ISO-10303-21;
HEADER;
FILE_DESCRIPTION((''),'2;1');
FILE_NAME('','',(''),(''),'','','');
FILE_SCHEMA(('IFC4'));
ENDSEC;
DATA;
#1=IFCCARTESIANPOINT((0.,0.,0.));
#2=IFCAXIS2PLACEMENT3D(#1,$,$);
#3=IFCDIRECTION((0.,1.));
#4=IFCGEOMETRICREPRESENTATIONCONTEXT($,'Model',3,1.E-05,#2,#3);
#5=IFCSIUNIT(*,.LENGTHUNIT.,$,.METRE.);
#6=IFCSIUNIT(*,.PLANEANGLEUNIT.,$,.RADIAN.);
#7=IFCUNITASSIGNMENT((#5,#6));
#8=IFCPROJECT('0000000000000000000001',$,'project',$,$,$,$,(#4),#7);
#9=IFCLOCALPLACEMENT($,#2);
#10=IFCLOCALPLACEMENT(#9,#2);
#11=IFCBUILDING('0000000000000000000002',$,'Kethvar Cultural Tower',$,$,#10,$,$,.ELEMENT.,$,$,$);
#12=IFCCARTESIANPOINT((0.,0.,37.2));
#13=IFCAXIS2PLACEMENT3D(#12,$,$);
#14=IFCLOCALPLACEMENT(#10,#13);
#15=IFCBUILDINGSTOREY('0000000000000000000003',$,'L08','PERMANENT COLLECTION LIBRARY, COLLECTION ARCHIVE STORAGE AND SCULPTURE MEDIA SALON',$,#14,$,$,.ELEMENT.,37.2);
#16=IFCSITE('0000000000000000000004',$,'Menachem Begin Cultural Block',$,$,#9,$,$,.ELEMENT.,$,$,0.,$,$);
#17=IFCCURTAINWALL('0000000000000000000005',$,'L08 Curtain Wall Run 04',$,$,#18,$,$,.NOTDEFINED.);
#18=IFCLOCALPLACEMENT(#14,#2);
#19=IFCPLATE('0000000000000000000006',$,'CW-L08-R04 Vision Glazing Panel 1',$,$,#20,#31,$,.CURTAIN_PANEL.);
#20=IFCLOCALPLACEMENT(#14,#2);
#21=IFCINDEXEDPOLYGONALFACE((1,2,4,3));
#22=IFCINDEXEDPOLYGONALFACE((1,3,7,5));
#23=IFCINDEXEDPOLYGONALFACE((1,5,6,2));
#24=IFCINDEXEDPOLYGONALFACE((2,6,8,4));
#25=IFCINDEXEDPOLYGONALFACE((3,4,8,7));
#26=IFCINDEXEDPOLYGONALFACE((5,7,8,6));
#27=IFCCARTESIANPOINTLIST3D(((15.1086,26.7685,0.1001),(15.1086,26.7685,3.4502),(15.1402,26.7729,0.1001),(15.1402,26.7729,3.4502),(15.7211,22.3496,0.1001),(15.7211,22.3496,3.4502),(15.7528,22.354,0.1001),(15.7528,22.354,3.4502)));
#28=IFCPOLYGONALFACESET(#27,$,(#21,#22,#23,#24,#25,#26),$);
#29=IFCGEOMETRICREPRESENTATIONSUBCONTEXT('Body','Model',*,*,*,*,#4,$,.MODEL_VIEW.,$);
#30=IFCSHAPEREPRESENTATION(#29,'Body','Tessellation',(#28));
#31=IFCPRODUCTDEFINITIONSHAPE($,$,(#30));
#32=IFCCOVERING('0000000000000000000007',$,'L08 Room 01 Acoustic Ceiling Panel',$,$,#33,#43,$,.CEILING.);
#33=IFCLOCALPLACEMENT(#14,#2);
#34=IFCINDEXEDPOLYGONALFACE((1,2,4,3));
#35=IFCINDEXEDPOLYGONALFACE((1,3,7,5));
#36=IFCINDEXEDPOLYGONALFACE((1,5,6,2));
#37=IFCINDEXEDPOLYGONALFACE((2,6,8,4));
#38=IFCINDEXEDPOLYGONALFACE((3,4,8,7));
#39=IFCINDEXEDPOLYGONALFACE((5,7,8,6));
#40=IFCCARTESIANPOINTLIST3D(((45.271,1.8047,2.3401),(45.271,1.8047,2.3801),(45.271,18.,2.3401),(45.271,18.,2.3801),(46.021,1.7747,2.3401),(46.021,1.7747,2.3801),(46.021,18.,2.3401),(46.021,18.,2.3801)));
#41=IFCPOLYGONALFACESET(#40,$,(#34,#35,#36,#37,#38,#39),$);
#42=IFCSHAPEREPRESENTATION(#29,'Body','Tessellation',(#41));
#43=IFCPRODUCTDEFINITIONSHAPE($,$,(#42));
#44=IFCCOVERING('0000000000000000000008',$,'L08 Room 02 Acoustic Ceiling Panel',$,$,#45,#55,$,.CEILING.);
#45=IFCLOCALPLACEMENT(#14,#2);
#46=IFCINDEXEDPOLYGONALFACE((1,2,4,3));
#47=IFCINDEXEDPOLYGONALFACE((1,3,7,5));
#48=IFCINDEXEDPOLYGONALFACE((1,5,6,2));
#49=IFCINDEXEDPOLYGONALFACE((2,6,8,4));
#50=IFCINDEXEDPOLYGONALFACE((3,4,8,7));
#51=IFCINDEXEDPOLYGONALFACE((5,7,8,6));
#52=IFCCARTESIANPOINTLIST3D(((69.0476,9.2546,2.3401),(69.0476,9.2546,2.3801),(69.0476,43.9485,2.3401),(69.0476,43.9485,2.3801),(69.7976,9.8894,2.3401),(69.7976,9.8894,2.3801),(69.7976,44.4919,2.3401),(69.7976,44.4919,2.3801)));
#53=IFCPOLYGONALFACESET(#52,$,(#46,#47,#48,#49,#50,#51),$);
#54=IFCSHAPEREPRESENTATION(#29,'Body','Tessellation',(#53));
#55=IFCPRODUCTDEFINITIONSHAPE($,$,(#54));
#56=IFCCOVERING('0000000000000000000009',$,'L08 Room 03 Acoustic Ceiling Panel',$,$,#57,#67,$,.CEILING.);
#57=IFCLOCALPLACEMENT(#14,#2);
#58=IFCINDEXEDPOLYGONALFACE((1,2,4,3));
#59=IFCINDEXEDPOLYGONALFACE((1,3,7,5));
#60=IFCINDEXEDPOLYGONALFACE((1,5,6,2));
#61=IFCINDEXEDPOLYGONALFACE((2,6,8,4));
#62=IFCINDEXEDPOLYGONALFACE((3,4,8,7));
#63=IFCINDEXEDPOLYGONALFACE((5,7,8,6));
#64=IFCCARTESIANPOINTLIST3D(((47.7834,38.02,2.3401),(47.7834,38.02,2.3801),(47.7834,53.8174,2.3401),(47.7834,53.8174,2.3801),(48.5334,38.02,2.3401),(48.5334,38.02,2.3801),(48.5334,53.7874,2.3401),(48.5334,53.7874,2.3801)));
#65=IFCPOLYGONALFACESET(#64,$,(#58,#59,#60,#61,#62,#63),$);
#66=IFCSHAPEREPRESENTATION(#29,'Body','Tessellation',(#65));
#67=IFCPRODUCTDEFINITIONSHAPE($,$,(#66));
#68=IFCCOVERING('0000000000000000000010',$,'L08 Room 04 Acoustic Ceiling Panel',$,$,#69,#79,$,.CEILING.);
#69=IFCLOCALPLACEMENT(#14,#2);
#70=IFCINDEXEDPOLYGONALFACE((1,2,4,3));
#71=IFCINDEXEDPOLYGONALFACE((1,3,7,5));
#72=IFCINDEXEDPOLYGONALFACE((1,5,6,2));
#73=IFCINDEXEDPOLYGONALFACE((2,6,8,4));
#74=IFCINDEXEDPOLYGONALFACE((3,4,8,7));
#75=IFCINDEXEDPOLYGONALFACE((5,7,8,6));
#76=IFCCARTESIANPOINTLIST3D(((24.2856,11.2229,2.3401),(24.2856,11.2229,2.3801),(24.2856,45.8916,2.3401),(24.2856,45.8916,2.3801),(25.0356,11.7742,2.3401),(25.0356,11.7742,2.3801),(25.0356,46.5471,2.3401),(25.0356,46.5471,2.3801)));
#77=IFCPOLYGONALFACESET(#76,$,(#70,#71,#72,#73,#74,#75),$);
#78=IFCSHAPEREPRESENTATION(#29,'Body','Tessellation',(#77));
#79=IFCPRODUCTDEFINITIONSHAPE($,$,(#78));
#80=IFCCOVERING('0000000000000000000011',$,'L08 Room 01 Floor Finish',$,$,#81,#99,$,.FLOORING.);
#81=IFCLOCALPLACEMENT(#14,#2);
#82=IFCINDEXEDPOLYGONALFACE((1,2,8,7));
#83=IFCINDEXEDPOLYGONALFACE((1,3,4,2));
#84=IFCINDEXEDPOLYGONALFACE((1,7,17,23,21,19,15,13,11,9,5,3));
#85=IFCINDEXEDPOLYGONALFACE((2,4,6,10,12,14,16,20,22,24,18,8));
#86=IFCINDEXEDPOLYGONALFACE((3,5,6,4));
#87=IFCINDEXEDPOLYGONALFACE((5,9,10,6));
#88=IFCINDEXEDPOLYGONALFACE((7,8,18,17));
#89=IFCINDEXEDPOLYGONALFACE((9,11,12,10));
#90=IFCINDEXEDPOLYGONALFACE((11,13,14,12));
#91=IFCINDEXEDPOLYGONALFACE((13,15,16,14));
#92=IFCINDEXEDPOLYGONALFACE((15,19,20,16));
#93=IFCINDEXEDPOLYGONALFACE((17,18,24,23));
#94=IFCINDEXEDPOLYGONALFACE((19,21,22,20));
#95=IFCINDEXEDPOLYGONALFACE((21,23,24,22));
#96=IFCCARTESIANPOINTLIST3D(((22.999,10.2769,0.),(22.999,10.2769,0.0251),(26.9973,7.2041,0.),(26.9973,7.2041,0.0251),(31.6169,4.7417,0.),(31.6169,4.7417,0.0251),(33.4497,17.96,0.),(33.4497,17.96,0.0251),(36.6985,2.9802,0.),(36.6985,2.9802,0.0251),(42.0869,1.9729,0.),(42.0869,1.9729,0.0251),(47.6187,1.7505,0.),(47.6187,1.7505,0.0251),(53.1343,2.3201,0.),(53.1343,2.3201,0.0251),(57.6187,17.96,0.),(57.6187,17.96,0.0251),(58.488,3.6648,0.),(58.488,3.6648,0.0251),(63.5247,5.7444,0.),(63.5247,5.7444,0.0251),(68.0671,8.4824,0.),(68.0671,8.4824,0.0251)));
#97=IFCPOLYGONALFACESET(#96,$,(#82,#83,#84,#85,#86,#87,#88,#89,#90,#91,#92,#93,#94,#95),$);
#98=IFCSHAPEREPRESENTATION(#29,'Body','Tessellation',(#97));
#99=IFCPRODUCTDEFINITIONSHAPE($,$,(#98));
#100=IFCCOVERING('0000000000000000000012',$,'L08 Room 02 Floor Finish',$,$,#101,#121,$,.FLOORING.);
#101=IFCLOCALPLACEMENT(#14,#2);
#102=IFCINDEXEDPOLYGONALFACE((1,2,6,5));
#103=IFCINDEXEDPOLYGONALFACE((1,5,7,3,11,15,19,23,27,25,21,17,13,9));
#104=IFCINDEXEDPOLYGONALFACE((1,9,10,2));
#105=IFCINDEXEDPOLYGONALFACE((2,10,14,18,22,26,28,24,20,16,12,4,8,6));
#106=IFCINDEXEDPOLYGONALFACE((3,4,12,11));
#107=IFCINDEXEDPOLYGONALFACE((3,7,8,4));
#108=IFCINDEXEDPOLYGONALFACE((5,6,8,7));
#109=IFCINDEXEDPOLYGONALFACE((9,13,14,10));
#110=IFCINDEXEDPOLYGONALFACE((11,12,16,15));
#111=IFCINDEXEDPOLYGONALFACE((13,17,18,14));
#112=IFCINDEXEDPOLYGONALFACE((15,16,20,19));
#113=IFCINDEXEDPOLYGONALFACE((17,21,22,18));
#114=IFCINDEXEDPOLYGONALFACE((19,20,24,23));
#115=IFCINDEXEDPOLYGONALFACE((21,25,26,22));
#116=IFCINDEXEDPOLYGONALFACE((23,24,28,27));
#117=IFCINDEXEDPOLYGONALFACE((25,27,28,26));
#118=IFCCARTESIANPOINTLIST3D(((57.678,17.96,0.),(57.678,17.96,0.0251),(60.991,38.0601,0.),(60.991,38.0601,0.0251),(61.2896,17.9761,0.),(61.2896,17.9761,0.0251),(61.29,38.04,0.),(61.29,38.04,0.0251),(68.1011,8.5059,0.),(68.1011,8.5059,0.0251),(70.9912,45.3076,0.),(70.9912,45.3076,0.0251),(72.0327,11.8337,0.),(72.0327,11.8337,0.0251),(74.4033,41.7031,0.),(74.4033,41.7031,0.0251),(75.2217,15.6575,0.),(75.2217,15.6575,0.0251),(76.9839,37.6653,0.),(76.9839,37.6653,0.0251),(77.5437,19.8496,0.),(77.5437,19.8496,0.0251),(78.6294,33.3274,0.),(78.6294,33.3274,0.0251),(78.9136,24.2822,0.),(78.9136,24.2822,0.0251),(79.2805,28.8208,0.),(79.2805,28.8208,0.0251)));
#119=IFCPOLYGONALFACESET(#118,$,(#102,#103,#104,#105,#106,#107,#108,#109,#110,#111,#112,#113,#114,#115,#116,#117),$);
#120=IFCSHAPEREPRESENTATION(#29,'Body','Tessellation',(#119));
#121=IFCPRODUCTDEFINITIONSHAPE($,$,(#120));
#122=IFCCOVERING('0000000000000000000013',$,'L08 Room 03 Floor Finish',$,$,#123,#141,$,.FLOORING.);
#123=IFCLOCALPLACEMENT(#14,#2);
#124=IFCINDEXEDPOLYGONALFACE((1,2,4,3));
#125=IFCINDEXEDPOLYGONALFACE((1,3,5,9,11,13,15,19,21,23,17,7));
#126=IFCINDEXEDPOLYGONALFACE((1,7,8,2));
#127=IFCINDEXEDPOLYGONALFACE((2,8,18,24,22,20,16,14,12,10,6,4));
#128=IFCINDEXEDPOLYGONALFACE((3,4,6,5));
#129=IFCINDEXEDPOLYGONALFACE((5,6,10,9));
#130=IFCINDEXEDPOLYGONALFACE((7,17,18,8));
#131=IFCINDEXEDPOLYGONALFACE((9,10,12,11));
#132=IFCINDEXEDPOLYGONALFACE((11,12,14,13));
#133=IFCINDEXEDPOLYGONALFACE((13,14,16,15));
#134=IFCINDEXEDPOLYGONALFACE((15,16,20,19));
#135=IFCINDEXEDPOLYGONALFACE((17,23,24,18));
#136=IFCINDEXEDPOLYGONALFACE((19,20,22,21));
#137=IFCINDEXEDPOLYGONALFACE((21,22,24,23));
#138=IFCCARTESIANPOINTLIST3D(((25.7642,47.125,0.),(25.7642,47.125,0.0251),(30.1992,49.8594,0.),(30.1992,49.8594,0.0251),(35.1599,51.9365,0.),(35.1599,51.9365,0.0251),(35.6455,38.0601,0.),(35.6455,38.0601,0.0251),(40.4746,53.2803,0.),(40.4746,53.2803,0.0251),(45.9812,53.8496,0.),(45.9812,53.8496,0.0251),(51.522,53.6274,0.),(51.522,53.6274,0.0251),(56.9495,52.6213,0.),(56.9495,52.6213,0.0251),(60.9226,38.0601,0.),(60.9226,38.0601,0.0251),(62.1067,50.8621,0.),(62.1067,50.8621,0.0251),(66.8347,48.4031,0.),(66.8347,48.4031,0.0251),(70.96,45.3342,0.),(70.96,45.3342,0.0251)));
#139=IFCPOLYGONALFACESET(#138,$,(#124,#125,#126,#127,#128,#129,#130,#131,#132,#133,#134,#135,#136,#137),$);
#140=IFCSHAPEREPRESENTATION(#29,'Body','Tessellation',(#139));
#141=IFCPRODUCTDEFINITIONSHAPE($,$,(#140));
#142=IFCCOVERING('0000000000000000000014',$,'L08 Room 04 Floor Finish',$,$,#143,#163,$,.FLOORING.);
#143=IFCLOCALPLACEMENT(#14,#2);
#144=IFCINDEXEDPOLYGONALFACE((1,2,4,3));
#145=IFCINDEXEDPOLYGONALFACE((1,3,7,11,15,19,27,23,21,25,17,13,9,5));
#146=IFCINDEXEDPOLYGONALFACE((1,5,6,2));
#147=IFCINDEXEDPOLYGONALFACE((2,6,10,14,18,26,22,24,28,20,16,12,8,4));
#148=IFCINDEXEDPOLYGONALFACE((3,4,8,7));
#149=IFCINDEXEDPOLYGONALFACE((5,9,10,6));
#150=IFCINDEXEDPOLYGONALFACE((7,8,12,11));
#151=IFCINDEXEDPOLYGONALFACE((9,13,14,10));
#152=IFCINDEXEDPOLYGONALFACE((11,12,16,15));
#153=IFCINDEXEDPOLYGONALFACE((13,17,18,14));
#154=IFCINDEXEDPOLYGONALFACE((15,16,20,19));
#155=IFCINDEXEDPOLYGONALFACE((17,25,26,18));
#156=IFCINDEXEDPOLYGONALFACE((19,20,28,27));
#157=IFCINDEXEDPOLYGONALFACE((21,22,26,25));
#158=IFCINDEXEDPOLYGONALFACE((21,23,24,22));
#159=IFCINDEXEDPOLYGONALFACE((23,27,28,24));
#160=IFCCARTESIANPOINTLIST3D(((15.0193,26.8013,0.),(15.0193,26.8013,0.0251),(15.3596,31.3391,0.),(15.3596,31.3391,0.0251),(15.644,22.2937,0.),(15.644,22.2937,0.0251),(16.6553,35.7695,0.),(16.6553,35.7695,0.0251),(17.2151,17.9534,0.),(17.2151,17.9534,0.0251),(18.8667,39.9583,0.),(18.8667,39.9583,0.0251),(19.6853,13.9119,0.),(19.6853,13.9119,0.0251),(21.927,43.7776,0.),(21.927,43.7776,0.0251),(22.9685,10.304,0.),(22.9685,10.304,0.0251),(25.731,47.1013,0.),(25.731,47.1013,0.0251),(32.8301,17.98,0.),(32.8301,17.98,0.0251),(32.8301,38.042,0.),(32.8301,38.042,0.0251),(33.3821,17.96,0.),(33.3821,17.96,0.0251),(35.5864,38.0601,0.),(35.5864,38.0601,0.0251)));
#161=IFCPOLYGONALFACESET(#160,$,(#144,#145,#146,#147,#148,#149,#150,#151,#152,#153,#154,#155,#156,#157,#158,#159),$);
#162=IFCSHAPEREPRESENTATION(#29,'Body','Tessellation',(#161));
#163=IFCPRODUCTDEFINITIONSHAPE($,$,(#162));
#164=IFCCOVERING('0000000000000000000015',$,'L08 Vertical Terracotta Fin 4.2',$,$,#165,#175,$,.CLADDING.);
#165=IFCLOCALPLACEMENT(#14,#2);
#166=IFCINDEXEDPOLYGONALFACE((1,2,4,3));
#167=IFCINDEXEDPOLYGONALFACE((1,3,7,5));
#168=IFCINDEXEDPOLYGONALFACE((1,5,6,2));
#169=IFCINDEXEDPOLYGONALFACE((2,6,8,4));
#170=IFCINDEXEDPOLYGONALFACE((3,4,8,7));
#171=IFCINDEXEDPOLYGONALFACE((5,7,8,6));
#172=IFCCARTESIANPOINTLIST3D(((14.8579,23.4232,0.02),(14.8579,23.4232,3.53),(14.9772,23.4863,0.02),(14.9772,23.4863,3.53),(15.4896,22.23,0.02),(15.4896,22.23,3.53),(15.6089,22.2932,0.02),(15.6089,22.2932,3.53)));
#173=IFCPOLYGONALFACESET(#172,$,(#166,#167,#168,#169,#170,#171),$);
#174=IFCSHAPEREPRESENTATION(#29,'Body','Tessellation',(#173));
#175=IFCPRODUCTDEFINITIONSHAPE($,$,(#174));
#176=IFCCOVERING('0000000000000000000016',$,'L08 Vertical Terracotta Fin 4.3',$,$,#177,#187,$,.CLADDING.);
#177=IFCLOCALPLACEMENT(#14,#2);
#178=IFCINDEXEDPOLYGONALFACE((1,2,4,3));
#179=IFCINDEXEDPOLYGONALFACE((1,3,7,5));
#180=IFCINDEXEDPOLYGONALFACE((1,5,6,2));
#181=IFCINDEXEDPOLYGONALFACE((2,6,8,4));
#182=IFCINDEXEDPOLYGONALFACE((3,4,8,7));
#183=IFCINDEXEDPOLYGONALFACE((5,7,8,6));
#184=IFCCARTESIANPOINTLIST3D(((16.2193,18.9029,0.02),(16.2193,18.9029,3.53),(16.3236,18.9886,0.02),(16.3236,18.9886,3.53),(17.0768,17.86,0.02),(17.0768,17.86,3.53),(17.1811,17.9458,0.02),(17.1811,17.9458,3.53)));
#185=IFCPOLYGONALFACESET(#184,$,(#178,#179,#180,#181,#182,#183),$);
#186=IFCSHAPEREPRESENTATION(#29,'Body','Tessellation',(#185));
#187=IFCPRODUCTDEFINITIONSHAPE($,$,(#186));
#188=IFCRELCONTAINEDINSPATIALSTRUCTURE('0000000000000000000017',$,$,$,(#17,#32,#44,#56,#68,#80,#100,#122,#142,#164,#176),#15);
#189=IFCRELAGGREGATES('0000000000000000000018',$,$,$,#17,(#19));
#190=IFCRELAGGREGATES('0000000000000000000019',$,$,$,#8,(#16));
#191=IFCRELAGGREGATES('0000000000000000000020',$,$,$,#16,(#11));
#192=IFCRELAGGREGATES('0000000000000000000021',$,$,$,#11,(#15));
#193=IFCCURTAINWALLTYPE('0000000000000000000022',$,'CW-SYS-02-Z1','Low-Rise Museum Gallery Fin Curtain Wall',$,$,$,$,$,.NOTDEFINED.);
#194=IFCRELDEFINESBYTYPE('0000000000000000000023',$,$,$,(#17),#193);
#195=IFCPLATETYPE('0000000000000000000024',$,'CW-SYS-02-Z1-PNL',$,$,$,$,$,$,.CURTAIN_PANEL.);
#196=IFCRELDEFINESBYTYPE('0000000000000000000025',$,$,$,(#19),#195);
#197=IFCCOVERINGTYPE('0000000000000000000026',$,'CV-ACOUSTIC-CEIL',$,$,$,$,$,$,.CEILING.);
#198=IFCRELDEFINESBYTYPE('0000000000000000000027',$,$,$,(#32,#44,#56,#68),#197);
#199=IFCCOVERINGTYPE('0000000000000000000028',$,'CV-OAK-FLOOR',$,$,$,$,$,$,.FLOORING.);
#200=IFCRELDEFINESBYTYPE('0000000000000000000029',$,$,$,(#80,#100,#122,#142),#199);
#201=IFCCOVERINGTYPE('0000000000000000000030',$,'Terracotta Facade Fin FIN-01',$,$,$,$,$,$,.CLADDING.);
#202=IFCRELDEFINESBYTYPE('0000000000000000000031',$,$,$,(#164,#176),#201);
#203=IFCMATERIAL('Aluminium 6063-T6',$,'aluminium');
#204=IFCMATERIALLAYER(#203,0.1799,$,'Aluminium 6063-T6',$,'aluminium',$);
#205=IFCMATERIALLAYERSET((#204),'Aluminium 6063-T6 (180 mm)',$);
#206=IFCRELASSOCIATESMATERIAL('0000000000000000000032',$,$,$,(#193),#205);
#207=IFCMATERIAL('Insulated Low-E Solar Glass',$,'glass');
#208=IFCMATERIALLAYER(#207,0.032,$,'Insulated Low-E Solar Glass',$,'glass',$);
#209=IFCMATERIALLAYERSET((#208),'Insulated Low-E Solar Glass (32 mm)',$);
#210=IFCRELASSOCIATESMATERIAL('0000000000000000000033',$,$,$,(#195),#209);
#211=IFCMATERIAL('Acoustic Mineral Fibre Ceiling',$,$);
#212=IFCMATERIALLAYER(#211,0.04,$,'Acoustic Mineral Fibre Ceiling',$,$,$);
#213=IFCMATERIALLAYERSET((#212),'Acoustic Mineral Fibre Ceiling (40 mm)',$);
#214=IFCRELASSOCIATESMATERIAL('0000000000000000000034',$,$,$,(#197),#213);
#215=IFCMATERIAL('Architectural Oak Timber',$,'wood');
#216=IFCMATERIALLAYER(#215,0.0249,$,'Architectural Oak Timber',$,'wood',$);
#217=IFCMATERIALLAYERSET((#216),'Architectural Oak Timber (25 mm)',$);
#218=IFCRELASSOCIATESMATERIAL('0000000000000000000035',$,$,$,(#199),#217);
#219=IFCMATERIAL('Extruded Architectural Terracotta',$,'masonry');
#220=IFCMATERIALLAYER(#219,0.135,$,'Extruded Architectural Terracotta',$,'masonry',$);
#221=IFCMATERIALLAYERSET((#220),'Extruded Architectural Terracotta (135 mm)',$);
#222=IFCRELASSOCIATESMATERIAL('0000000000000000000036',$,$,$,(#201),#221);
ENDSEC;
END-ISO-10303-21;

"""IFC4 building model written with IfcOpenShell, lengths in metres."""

from ifc_helpers import new_model, si_unit, direction, frame, origin, origin_2d, place, context, subcontext, project, spatial, polyline, rectangle, outline, extrude, source, transform, mapped, material, layer, layer_set, type_object, element, aggregate, save


model = new_model("IFC4")

# Units and contexts
model_context = context("Model", 3, precision=1e-05, world=origin(), true_north=direction((0.0, 1.0)))
body_context = subcontext(model_context, "Body", "Model", "MODEL_VIEW")
ifc_project = project(units=[si_unit("LENGTHUNIT", "METRE"), si_unit("PLANEANGLEUNIT", "RADIAN")], contexts=[model_context])

# Site, building, storey
site_placement = place(None, origin())
site = spatial("IfcSite", under=ifc_project, at=site_placement, Name="Menachem Begin Cultural Block", CompositionType="ELEMENT", RefElevation=0.0)
building_placement = place(site_placement, origin())
building = spatial("IfcBuilding", under=site, at=building_placement, Name="Kethvar Cultural Tower", CompositionType="ELEMENT")
storey_placement = place(building_placement, frame((0.0, 0.0, 37.2)))
storey = spatial("IfcBuildingStorey", under=building, at=storey_placement, Name="L08", Description="PERMANENT COLLECTION LIBRARY, COLLECTION ARCHIVE STORAGE AND SCULPTURE MEDIA SALON", CompositionType="ELEMENT", Elevation=37.2)

# Curtain wall
ifc_material_1 = material(Name="Aluminium 6063-T6", Category="aluminium")
ifc_layer_1 = layer(ifc_material_1, 0.1799, Name="Aluminium 6063-T6", Category="aluminium")
ifc_layer_set_1 = layer_set([ifc_layer_1], Name="Aluminium 6063-T6 (180 mm)")
curtain_wall_type = type_object("IfcCurtainWallType", Name="CW-SYS-02-Z1", Description="Low-Rise Museum Gallery Fin Curtain Wall", PredefinedType="NOTDEFINED", material=ifc_layer_set_1)
curtain_wall_placement = place(storey_placement, origin())
curtain_wall = element("IfcCurtainWall", 1, at=curtain_wall_placement, inside=storey, type_object=curtain_wall_type, Name="L08 Curtain Wall Run 04", PredefinedType="NOTDEFINED")

# Plate
ifc_material_2 = material(Name="Insulated Low-E Solar Glass", Category="glass")
ifc_layer_2 = layer(ifc_material_2, 0.032, Name="Insulated Low-E Solar Glass", Category="glass")
ifc_layer_set_2 = layer_set([ifc_layer_2], Name="Insulated Low-E Solar Glass (32 mm)")
plate_type = type_object("IfcPlateType", Name="CW-SYS-02-Z1-PNL", PredefinedType="CURTAIN_PANEL", material=ifc_layer_set_2)
shared_shape_1 = source(origin(), body_context, "Body", "SweptSolid", [
    extrude(rectangle(XDim=4.4612, YDim=0.032, at=origin_2d()), origin(), (0.0, 0.0, 1.0), 3.3501),
])
plate_1_placement = place(storey_placement, frame((15.4307, 24.5613, 0.1001), z_axis=(0.0, 0.0, 1.0), x_axis=(0.137306, -0.990529, 0.0)))
plate_1 = element("IfcPlate", 2, at=plate_1_placement, type_object=plate_type, Name="CW-L08-R04 Vision Glazing Panel 1", PredefinedType="CURTAIN_PANEL", context=body_context, shape_type="MappedRepresentation", body=[
    mapped(shared_shape_1, transform((0.0, 0.0, 0.0), scale=1.0)),
])
aggregate(curtain_wall, [plate_1])

# Coverings
ifc_material_3 = material(Name="Acoustic Mineral Fibre Ceiling")
ifc_layer_3 = layer(ifc_material_3, 0.04, Name="Acoustic Mineral Fibre Ceiling")
ifc_layer_set_3 = layer_set([ifc_layer_3], Name="Acoustic Mineral Fibre Ceiling (40 mm)")
covering_type_1 = type_object("IfcCoveringType", Name="CV-ACOUSTIC-CEIL", PredefinedType="CEILING", material=ifc_layer_set_3)
covering_1_placement = place(storey_placement, frame((0.0, 0.0, 2.3401)))
element("IfcCovering", 3, at=covering_1_placement, inside=storey, type_object=covering_type_1, Name="L08 Room 01 Acoustic Ceiling Panel", PredefinedType="CEILING", context=body_context, shape_type="SweptSolid", body=[
    extrude(outline(polyline([(45.271, 1.8047), (45.271, 18.0), (46.021, 18.0), (46.021, 1.7747), (45.271, 1.8047)])), origin(), (0.0, 0.0, 1.0), 0.04),
])
covering_2_placement = place(storey_placement, frame((0.0, 0.0, 2.3401)))
element("IfcCovering", 4, at=covering_2_placement, inside=storey, type_object=covering_type_1, Name="L08 Room 02 Acoustic Ceiling Panel", PredefinedType="CEILING", context=body_context, shape_type="SweptSolid", body=[
    extrude(outline(polyline([(69.0476, 9.2546), (69.0476, 43.9485), (69.7976, 44.4919), (69.7976, 9.8894), (69.0476, 9.2546)])), origin(), (0.0, 0.0, 1.0), 0.04),
])
covering_3_placement = place(storey_placement, frame((0.0, 0.0, 2.3401)))
element("IfcCovering", 5, at=covering_3_placement, inside=storey, type_object=covering_type_1, Name="L08 Room 03 Acoustic Ceiling Panel", PredefinedType="CEILING", context=body_context, shape_type="SweptSolid", body=[
    extrude(outline(polyline([(48.5334, 53.7874), (48.5334, 38.02), (47.7834, 38.02), (47.7834, 53.8174), (48.5334, 53.7874)])), origin(), (0.0, 0.0, 1.0), 0.04),
])
covering_4_placement = place(storey_placement, frame((0.0, 0.0, 2.3401)))
element("IfcCovering", 6, at=covering_4_placement, inside=storey, type_object=covering_type_1, Name="L08 Room 04 Acoustic Ceiling Panel", PredefinedType="CEILING", context=body_context, shape_type="SweptSolid", body=[
    extrude(outline(polyline([(25.0356, 46.5471), (25.0356, 11.7742), (24.2856, 11.2229), (24.2856, 45.8916), (25.0356, 46.5471)])), origin(), (0.0, 0.0, 1.0), 0.04),
])
ifc_material_4 = material(Name="Architectural Oak Timber", Category="wood")
ifc_layer_4 = layer(ifc_material_4, 0.0249, Name="Architectural Oak Timber", Category="wood")
ifc_layer_set_4 = layer_set([ifc_layer_4], Name="Architectural Oak Timber (25 mm)")
covering_type_2 = type_object("IfcCoveringType", Name="CV-OAK-FLOOR", PredefinedType="FLOORING", material=ifc_layer_set_4)
covering_5_placement = place(storey_placement, origin())
element("IfcCovering", 7, at=covering_5_placement, inside=storey, type_object=covering_type_2, Name="L08 Room 01 Floor Finish", PredefinedType="FLOORING", context=body_context, shape_type="SweptSolid", body=[
    extrude(outline(polyline([(63.5247, 5.7444), (58.488, 3.6648), (53.1343, 2.3201), (47.6187, 1.7505), (42.0869, 1.9729), (36.6985, 2.9802), (31.6169, 4.7417), (26.9973, 7.2041), (22.999, 10.2769), (33.4497, 17.96), (57.6187, 17.96), (68.0671, 8.4824), (63.5247, 5.7444)])), origin(), (0.0, 0.0, 1.0), 0.0251),
])
covering_6_placement = place(storey_placement, origin())
element("IfcCovering", 8, at=covering_6_placement, inside=storey, type_object=covering_type_2, Name="L08 Room 02 Floor Finish", PredefinedType="FLOORING", context=body_context, shape_type="SweptSolid", body=[
    extrude(outline(polyline([(77.5437, 19.8496), (75.2217, 15.6575), (72.0327, 11.8337), (68.1011, 8.5059), (57.678, 17.96), (61.2896, 17.9761), (61.29, 38.04), (60.991, 38.0601), (70.9912, 45.3076), (74.4033, 41.7031), (76.9839, 37.6653), (78.6294, 33.3274), (79.2805, 28.8208), (78.9136, 24.2822), (77.5437, 19.8496)])), origin(), (0.0, 0.0, 1.0), 0.0251),
])
covering_7_placement = place(storey_placement, origin())
element("IfcCovering", 9, at=covering_7_placement, inside=storey, type_object=covering_type_2, Name="L08 Room 03 Floor Finish", PredefinedType="FLOORING", context=body_context, shape_type="SweptSolid", body=[
    extrude(outline(polyline([(30.1992, 49.8594), (35.1599, 51.9365), (40.4746, 53.2803), (45.9812, 53.8496), (51.522, 53.6274), (56.9495, 52.6213), (62.1067, 50.8621), (66.8347, 48.4031), (70.96, 45.3342), (60.9226, 38.0601), (35.6455, 38.0601), (25.7642, 47.125), (30.1992, 49.8594)])), origin(), (0.0, 0.0, 1.0), 0.0251),
])
covering_8_placement = place(storey_placement, origin())
element("IfcCovering", 10, at=covering_8_placement, inside=storey, type_object=covering_type_2, Name="L08 Room 04 Floor Finish", PredefinedType="FLOORING", context=body_context, shape_type="SweptSolid", body=[
    extrude(outline(polyline([(19.6853, 13.9119), (17.2151, 17.9534), (15.644, 22.2937), (15.0193, 26.8013), (15.3596, 31.3391), (16.6553, 35.7695), (18.8667, 39.9583), (21.927, 43.7776), (25.731, 47.1013), (35.5864, 38.0601), (32.8301, 38.042), (32.8301, 17.98), (33.3821, 17.96), (22.9685, 10.304), (19.6853, 13.9119)])), origin(), (0.0, 0.0, 1.0), 0.0251),
])
ifc_material_5 = material(Name="Extruded Architectural Terracotta", Category="masonry")
ifc_layer_5 = layer(ifc_material_5, 0.135, Name="Extruded Architectural Terracotta", Category="masonry")
ifc_layer_set_5 = layer_set([ifc_layer_5], Name="Extruded Architectural Terracotta (135 mm)")
covering_type_3 = type_object("IfcCoveringType", Name="Terracotta Facade Fin FIN-01", PredefinedType="CLADDING", material=ifc_layer_set_5)
shared_shape_2 = source(origin(), body_context, "Body", "SweptSolid", [
    extrude(rectangle(XDim=1.3501, YDim=0.135, at=origin_2d()), origin(), (0.0, 0.0, 1.0), 3.51),
])
for number, where, z_axis, x_axis, name in (
    (11, (15.2334, 22.8582, 0.02), (0.0, 0.0, 1.0), (-0.46793, 0.883766, 0.0), "L08 Vertical Terracotta Fin 4.2"),
    (12, (16.7002, 18.4243, 0.02), (0.0, 0.0, 1.0), (-0.635135, 0.772401, 0.0), "L08 Vertical Terracotta Fin 4.3"),
):
    element("IfcCovering", number, at=place(storey_placement, frame(where, z_axis=z_axis, x_axis=x_axis)), inside=storey, type_object=covering_type_3, Name=name, PredefinedType="CLADDING", context=body_context, shape_type="MappedRepresentation", body=[
        mapped(shared_shape_2, transform((0.0, 0.0, 0.0), scale=1.0)),
    ])

save(model, "model.ifc")
